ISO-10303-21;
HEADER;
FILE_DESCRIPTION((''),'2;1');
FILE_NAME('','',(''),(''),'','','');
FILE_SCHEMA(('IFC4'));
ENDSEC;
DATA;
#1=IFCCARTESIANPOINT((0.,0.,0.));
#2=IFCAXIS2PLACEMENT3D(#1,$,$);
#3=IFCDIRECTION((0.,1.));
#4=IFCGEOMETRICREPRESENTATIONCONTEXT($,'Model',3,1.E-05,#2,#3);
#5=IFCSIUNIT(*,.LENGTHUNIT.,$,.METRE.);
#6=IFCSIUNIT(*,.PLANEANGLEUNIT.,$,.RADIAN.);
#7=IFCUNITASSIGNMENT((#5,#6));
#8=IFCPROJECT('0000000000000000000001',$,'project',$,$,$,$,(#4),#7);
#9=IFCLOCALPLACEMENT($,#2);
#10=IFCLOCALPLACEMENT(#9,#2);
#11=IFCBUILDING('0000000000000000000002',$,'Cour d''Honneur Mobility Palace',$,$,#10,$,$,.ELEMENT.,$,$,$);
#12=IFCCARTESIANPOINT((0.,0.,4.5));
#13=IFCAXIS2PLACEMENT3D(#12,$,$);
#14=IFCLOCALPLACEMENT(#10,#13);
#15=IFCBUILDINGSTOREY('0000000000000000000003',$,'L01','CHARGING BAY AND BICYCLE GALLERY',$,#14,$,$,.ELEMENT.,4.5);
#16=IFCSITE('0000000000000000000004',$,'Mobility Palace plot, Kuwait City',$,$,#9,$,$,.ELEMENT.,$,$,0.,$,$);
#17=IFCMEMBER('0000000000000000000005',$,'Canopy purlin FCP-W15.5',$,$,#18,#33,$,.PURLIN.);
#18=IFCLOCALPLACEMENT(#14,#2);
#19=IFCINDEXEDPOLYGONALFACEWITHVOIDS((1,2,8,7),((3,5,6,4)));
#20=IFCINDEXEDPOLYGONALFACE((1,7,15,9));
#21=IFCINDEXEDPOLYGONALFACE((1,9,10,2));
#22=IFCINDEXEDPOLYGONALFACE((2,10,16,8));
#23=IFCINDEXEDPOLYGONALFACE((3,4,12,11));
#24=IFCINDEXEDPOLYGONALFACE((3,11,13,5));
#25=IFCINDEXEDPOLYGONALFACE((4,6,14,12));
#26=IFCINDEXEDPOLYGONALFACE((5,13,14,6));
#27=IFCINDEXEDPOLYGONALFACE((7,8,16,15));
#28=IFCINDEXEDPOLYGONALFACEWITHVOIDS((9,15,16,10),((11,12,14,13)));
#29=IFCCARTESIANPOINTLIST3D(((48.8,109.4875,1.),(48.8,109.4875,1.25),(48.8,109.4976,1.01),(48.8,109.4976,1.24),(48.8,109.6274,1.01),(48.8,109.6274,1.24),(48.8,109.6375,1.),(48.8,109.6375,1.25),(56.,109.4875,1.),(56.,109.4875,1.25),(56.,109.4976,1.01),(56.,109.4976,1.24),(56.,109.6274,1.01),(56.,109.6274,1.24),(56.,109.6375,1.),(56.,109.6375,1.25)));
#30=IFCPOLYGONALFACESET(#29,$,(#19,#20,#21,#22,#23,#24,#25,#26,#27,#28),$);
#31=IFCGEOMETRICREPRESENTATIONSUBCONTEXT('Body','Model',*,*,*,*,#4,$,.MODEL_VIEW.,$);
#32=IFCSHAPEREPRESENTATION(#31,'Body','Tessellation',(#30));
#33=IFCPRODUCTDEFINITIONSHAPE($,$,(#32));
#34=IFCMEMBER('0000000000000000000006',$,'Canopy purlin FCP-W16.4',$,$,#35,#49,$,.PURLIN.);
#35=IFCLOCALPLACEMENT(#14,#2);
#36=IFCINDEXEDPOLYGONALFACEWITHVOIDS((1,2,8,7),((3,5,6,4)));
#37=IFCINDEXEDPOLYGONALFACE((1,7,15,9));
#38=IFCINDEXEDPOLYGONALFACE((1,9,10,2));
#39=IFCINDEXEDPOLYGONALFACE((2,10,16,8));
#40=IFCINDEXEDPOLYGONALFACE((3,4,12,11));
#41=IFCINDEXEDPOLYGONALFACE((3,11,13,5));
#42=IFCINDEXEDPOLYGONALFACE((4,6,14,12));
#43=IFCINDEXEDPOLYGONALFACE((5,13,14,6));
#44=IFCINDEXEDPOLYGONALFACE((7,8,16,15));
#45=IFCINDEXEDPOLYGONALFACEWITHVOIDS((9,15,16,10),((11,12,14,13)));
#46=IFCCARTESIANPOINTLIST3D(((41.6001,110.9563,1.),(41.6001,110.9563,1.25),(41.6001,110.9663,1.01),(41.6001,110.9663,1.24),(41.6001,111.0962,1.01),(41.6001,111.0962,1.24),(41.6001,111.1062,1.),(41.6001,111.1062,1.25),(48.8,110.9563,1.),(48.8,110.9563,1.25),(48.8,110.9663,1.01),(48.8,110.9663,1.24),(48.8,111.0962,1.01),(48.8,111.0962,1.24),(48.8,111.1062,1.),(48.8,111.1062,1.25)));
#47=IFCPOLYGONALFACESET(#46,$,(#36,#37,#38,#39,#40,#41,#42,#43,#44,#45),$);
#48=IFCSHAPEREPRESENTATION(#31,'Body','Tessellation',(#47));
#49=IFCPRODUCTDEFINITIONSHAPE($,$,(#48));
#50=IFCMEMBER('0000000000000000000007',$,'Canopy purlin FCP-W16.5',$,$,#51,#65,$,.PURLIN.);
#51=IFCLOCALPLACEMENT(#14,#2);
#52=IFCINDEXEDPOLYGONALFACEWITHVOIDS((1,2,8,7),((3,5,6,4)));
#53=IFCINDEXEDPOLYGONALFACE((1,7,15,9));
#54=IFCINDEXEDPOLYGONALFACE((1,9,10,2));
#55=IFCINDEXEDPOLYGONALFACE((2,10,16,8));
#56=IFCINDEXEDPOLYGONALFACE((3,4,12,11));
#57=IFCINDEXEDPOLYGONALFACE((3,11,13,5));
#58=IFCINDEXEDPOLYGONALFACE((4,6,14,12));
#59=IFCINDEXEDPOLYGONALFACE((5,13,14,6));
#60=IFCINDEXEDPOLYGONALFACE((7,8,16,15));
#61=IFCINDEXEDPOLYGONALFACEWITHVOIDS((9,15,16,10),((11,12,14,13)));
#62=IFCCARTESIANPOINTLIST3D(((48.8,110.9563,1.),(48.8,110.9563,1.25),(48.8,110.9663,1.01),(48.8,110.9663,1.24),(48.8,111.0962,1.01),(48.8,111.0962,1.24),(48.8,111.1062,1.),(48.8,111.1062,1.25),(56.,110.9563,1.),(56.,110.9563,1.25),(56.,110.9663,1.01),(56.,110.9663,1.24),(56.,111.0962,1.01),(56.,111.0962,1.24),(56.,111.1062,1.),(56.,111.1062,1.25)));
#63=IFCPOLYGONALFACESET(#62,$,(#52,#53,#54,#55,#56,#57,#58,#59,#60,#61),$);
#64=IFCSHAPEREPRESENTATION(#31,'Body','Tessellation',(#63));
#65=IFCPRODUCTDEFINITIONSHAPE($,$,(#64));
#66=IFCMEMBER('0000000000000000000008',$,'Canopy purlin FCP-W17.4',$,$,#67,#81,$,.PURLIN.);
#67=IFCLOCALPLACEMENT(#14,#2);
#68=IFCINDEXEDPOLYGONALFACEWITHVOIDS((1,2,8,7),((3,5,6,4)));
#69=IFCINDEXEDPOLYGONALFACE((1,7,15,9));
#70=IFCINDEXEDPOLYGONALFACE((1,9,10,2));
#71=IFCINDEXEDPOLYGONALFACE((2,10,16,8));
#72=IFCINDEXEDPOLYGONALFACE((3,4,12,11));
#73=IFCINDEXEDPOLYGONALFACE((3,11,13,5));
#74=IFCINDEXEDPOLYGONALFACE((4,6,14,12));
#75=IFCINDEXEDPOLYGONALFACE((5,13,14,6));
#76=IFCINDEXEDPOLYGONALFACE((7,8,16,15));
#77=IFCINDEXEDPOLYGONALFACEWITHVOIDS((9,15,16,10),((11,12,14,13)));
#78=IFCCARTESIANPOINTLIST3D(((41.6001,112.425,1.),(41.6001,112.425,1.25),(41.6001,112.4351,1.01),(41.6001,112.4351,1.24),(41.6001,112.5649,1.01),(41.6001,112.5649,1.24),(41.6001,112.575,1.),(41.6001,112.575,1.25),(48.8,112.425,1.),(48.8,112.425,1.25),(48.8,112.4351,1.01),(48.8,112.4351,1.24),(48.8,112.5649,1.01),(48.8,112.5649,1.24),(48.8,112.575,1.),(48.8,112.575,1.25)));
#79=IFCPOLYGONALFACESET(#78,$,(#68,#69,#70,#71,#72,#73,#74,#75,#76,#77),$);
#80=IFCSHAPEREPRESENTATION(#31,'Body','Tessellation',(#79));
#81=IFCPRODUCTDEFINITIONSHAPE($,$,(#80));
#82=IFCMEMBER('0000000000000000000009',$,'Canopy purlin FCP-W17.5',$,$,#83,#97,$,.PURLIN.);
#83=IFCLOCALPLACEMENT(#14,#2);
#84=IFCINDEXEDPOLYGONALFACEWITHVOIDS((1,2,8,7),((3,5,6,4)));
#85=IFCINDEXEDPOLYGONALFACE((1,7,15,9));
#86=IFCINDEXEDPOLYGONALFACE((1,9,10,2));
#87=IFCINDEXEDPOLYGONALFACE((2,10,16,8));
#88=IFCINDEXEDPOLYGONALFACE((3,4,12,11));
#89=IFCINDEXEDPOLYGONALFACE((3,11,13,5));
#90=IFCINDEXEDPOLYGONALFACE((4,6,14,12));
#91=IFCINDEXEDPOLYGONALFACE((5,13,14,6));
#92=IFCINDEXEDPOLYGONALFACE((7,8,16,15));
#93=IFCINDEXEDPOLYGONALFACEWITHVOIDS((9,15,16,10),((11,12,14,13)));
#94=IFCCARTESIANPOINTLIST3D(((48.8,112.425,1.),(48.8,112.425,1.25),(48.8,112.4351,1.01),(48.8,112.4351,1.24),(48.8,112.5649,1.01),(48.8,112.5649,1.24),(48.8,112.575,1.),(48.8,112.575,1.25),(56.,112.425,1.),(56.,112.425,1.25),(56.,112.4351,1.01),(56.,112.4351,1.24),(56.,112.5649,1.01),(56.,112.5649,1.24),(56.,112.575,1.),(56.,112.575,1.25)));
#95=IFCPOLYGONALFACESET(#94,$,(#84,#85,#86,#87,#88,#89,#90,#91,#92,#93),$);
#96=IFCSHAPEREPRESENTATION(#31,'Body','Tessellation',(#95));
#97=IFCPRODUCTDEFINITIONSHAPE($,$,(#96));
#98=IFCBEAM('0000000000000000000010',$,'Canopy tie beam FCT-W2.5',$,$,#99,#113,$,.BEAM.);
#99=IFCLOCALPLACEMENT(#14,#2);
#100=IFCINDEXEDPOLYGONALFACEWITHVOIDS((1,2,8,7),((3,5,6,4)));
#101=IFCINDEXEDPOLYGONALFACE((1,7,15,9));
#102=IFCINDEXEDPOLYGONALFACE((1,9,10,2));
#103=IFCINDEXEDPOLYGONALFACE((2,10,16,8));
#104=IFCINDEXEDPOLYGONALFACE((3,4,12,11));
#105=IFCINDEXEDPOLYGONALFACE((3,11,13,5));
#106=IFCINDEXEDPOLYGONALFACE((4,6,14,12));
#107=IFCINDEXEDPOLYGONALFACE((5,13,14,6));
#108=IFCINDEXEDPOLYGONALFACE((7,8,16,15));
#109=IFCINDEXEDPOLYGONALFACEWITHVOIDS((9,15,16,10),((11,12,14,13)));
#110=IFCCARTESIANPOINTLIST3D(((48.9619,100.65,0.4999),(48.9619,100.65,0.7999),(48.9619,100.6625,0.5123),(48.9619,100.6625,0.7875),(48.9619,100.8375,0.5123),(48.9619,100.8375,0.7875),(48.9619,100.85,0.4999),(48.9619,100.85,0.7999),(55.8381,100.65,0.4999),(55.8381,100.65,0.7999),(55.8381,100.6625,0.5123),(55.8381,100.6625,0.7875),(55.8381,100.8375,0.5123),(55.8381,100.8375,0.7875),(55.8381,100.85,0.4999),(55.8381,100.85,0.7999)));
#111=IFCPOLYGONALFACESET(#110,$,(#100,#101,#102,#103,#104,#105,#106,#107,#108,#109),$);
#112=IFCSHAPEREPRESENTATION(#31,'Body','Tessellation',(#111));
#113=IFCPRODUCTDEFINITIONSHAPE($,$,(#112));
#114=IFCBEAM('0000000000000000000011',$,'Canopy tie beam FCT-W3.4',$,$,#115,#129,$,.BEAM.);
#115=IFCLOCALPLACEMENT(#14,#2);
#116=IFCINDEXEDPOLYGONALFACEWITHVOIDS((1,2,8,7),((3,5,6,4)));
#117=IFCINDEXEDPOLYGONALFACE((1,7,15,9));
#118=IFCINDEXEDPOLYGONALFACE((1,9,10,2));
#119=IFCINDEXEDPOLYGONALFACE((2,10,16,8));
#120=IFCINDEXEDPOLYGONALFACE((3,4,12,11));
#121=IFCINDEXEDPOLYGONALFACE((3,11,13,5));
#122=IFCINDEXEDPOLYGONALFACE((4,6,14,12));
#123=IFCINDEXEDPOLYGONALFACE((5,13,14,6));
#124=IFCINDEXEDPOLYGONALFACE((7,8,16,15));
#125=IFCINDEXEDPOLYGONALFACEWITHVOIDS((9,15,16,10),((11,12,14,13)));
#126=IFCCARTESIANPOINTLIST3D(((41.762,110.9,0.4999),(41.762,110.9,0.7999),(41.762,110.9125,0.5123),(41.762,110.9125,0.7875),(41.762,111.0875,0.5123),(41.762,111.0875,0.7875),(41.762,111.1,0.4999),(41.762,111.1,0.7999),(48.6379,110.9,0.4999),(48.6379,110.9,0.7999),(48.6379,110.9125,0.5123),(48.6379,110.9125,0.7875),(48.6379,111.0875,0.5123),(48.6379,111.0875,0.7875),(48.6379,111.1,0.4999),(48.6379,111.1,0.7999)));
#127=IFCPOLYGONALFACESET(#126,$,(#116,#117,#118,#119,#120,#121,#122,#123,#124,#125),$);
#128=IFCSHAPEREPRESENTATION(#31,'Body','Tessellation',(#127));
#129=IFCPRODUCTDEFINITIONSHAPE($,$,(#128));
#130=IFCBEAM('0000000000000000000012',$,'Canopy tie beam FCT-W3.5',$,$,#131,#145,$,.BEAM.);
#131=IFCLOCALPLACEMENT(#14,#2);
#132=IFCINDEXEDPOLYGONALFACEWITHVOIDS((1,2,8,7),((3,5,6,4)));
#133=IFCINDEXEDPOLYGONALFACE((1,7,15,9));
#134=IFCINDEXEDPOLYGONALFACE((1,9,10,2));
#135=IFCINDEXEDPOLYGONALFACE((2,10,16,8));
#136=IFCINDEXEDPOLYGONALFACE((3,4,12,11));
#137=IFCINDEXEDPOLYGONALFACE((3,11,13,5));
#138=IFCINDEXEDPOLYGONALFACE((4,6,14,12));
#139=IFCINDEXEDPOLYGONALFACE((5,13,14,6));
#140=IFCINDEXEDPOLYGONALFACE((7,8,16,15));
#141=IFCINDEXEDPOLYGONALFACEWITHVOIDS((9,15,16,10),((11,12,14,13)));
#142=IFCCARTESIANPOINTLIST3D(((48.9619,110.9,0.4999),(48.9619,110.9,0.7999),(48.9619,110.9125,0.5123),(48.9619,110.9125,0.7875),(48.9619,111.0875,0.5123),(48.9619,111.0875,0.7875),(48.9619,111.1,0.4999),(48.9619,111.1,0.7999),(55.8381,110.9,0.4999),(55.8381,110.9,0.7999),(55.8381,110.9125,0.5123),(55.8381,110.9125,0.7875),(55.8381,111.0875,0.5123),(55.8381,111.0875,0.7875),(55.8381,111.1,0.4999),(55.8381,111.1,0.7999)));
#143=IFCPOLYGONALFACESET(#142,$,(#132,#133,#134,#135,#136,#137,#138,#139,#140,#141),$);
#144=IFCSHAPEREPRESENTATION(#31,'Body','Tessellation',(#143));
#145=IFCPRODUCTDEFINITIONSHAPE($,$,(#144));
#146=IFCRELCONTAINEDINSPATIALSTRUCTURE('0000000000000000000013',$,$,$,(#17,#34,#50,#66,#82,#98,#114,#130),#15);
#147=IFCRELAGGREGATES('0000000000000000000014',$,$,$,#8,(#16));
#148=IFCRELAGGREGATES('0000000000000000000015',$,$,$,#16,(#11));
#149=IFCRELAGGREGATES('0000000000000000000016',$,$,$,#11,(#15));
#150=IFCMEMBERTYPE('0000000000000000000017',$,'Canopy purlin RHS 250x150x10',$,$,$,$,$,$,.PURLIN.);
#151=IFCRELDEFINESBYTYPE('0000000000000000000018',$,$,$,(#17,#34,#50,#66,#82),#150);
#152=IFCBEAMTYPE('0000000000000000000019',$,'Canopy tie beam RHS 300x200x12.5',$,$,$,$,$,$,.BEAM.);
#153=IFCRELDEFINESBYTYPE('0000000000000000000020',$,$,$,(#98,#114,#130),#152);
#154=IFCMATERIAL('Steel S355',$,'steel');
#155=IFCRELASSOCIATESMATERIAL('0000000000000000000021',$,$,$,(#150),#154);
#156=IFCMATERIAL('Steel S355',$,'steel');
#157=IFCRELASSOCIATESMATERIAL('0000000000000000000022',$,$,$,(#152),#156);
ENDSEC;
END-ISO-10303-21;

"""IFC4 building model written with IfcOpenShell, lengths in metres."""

from ifc_helpers import new_model, si_unit, direction, frame, origin, origin_2d, place, context, subcontext, project, spatial, hollow_rectangle, extrude, material, material_profile, profile_set, type_object, element, save


model = new_model("IFC4")

# Units and contexts
model_context = context("Model", 3, precision=1e-05, world=origin(), true_north=direction((0.0, 1.0)))
body_context = subcontext(model_context, "Body", "Model", "MODEL_VIEW")
ifc_project = project(units=[si_unit("LENGTHUNIT", "METRE"), si_unit("PLANEANGLEUNIT", "RADIAN")], contexts=[model_context])

# Site, building, storey
site_placement = place(None, origin())
site = spatial("IfcSite", under=ifc_project, at=site_placement, Name="Mobility Palace plot, Kuwait City", CompositionType="ELEMENT", RefElevation=0.0)
building_placement = place(site_placement, origin())
building = spatial("IfcBuilding", under=site, at=building_placement, Name="Cour d'Honneur Mobility Palace", CompositionType="ELEMENT")
storey_placement = place(building_placement, frame((0.0, 0.0, 4.5)))
storey = spatial("IfcBuildingStorey", under=building, at=storey_placement, Name="L01", Description="CHARGING BAY AND BICYCLE GALLERY", CompositionType="ELEMENT", Elevation=4.5)

# Members
ifc_material_1 = material(Name="Steel S355", Category="steel")
ifc_material_profile_1 = material_profile(ifc_material_1, hollow_rectangle(XDim=0.1499, YDim=0.25, WallThickness=0.01, at=origin_2d()), Name="RHS 250x150x10")
ifc_profile_set_1 = profile_set([ifc_material_profile_1], Name="Steel S355")
member_type = type_object("IfcMemberType", Name="Canopy purlin RHS 250x150x10", PredefinedType="PURLIN", material=ifc_profile_set_1)
for number, where, z_axis, x_axis, name in (
    (1, (48.8, 109.5625, 1.125), (1.0, 0.0, 0.0), (0.0, 1.0, 0.0), "Canopy purlin FCP-W15.5"),
    (2, (41.6001, 111.0312, 1.125), (1.0, 0.0, 0.0), (0.0, 1.0, 0.0), "Canopy purlin FCP-W16.4"),
    (3, (48.8, 111.0312, 1.125), (1.0, 0.0, 0.0), (0.0, 1.0, 0.0), "Canopy purlin FCP-W16.5"),
    (4, (41.6001, 112.5, 1.125), (1.0, 0.0, 0.0), (0.0, 1.0, 0.0), "Canopy purlin FCP-W17.4"),
    (5, (48.8, 112.5, 1.125), (1.0, 0.0, 0.0), (0.0, 1.0, 0.0), "Canopy purlin FCP-W17.5"),
):
    element("IfcMember", number, at=place(storey_placement, frame(where, z_axis=z_axis, x_axis=x_axis)), inside=storey, type_object=member_type, Name=name, PredefinedType="PURLIN", context=body_context, shape_type="SweptSolid", body=[
        extrude(hollow_rectangle(XDim=0.1499, YDim=0.25, WallThickness=0.01, at=origin_2d()), origin(), (0.0, 0.0, 1.0), 7.2),
    ])

# Beams
ifc_material_2 = material(Name="Steel S355", Category="steel")
ifc_material_profile_2 = material_profile(ifc_material_2, hollow_rectangle(XDim=0.2, YDim=0.3, WallThickness=0.0125, at=origin_2d()), Name="RHS 300x200x12.5")
ifc_profile_set_2 = profile_set([ifc_material_profile_2], Name="Steel S355")
beam_type_1 = type_object("IfcBeamType", Name="Canopy tie beam RHS 300x200x12.5", PredefinedType="BEAM", material=ifc_profile_set_2)
beam_1_placement = place(storey_placement, frame((48.9619, 100.75, 0.6499), z_axis=(1.0, 0.0, 0.0), x_axis=(0.0, 1.0, 0.0)))
element("IfcBeam", 6, at=beam_1_placement, inside=storey, type_object=beam_type_1, Name="Canopy tie beam FCT-W2.5", PredefinedType="BEAM", context=body_context, shape_type="SweptSolid", body=[
    extrude(hollow_rectangle(XDim=0.2, YDim=0.3, WallThickness=0.0125, at=origin_2d()), origin(), (0.0, 0.0, 1.0), 6.8762),
])
beam_2_placement = place(storey_placement, frame((41.762, 111.0, 0.6499), z_axis=(1.0, 0.0, 0.0), x_axis=(0.0, 1.0, 0.0)))
element("IfcBeam", 7, at=beam_2_placement, inside=storey, type_object=beam_type_1, Name="Canopy tie beam FCT-W3.4", PredefinedType="BEAM", context=body_context, shape_type="SweptSolid", body=[
    extrude(hollow_rectangle(XDim=0.2, YDim=0.3, WallThickness=0.0125, at=origin_2d()), origin(), (0.0, 0.0, 1.0), 6.876),
])
beam_3_placement = place(storey_placement, frame((48.9619, 111.0, 0.6499), z_axis=(1.0, 0.0, 0.0), x_axis=(0.0, 1.0, 0.0)))
element("IfcBeam", 8, at=beam_3_placement, inside=storey, type_object=beam_type_1, Name="Canopy tie beam FCT-W3.5", PredefinedType="BEAM", context=body_context, shape_type="SweptSolid", body=[
    extrude(hollow_rectangle(XDim=0.2, YDim=0.3, WallThickness=0.0125, at=origin_2d()), origin(), (0.0, 0.0, 1.0), 6.8762),
])

save(model, "model.ifc")
